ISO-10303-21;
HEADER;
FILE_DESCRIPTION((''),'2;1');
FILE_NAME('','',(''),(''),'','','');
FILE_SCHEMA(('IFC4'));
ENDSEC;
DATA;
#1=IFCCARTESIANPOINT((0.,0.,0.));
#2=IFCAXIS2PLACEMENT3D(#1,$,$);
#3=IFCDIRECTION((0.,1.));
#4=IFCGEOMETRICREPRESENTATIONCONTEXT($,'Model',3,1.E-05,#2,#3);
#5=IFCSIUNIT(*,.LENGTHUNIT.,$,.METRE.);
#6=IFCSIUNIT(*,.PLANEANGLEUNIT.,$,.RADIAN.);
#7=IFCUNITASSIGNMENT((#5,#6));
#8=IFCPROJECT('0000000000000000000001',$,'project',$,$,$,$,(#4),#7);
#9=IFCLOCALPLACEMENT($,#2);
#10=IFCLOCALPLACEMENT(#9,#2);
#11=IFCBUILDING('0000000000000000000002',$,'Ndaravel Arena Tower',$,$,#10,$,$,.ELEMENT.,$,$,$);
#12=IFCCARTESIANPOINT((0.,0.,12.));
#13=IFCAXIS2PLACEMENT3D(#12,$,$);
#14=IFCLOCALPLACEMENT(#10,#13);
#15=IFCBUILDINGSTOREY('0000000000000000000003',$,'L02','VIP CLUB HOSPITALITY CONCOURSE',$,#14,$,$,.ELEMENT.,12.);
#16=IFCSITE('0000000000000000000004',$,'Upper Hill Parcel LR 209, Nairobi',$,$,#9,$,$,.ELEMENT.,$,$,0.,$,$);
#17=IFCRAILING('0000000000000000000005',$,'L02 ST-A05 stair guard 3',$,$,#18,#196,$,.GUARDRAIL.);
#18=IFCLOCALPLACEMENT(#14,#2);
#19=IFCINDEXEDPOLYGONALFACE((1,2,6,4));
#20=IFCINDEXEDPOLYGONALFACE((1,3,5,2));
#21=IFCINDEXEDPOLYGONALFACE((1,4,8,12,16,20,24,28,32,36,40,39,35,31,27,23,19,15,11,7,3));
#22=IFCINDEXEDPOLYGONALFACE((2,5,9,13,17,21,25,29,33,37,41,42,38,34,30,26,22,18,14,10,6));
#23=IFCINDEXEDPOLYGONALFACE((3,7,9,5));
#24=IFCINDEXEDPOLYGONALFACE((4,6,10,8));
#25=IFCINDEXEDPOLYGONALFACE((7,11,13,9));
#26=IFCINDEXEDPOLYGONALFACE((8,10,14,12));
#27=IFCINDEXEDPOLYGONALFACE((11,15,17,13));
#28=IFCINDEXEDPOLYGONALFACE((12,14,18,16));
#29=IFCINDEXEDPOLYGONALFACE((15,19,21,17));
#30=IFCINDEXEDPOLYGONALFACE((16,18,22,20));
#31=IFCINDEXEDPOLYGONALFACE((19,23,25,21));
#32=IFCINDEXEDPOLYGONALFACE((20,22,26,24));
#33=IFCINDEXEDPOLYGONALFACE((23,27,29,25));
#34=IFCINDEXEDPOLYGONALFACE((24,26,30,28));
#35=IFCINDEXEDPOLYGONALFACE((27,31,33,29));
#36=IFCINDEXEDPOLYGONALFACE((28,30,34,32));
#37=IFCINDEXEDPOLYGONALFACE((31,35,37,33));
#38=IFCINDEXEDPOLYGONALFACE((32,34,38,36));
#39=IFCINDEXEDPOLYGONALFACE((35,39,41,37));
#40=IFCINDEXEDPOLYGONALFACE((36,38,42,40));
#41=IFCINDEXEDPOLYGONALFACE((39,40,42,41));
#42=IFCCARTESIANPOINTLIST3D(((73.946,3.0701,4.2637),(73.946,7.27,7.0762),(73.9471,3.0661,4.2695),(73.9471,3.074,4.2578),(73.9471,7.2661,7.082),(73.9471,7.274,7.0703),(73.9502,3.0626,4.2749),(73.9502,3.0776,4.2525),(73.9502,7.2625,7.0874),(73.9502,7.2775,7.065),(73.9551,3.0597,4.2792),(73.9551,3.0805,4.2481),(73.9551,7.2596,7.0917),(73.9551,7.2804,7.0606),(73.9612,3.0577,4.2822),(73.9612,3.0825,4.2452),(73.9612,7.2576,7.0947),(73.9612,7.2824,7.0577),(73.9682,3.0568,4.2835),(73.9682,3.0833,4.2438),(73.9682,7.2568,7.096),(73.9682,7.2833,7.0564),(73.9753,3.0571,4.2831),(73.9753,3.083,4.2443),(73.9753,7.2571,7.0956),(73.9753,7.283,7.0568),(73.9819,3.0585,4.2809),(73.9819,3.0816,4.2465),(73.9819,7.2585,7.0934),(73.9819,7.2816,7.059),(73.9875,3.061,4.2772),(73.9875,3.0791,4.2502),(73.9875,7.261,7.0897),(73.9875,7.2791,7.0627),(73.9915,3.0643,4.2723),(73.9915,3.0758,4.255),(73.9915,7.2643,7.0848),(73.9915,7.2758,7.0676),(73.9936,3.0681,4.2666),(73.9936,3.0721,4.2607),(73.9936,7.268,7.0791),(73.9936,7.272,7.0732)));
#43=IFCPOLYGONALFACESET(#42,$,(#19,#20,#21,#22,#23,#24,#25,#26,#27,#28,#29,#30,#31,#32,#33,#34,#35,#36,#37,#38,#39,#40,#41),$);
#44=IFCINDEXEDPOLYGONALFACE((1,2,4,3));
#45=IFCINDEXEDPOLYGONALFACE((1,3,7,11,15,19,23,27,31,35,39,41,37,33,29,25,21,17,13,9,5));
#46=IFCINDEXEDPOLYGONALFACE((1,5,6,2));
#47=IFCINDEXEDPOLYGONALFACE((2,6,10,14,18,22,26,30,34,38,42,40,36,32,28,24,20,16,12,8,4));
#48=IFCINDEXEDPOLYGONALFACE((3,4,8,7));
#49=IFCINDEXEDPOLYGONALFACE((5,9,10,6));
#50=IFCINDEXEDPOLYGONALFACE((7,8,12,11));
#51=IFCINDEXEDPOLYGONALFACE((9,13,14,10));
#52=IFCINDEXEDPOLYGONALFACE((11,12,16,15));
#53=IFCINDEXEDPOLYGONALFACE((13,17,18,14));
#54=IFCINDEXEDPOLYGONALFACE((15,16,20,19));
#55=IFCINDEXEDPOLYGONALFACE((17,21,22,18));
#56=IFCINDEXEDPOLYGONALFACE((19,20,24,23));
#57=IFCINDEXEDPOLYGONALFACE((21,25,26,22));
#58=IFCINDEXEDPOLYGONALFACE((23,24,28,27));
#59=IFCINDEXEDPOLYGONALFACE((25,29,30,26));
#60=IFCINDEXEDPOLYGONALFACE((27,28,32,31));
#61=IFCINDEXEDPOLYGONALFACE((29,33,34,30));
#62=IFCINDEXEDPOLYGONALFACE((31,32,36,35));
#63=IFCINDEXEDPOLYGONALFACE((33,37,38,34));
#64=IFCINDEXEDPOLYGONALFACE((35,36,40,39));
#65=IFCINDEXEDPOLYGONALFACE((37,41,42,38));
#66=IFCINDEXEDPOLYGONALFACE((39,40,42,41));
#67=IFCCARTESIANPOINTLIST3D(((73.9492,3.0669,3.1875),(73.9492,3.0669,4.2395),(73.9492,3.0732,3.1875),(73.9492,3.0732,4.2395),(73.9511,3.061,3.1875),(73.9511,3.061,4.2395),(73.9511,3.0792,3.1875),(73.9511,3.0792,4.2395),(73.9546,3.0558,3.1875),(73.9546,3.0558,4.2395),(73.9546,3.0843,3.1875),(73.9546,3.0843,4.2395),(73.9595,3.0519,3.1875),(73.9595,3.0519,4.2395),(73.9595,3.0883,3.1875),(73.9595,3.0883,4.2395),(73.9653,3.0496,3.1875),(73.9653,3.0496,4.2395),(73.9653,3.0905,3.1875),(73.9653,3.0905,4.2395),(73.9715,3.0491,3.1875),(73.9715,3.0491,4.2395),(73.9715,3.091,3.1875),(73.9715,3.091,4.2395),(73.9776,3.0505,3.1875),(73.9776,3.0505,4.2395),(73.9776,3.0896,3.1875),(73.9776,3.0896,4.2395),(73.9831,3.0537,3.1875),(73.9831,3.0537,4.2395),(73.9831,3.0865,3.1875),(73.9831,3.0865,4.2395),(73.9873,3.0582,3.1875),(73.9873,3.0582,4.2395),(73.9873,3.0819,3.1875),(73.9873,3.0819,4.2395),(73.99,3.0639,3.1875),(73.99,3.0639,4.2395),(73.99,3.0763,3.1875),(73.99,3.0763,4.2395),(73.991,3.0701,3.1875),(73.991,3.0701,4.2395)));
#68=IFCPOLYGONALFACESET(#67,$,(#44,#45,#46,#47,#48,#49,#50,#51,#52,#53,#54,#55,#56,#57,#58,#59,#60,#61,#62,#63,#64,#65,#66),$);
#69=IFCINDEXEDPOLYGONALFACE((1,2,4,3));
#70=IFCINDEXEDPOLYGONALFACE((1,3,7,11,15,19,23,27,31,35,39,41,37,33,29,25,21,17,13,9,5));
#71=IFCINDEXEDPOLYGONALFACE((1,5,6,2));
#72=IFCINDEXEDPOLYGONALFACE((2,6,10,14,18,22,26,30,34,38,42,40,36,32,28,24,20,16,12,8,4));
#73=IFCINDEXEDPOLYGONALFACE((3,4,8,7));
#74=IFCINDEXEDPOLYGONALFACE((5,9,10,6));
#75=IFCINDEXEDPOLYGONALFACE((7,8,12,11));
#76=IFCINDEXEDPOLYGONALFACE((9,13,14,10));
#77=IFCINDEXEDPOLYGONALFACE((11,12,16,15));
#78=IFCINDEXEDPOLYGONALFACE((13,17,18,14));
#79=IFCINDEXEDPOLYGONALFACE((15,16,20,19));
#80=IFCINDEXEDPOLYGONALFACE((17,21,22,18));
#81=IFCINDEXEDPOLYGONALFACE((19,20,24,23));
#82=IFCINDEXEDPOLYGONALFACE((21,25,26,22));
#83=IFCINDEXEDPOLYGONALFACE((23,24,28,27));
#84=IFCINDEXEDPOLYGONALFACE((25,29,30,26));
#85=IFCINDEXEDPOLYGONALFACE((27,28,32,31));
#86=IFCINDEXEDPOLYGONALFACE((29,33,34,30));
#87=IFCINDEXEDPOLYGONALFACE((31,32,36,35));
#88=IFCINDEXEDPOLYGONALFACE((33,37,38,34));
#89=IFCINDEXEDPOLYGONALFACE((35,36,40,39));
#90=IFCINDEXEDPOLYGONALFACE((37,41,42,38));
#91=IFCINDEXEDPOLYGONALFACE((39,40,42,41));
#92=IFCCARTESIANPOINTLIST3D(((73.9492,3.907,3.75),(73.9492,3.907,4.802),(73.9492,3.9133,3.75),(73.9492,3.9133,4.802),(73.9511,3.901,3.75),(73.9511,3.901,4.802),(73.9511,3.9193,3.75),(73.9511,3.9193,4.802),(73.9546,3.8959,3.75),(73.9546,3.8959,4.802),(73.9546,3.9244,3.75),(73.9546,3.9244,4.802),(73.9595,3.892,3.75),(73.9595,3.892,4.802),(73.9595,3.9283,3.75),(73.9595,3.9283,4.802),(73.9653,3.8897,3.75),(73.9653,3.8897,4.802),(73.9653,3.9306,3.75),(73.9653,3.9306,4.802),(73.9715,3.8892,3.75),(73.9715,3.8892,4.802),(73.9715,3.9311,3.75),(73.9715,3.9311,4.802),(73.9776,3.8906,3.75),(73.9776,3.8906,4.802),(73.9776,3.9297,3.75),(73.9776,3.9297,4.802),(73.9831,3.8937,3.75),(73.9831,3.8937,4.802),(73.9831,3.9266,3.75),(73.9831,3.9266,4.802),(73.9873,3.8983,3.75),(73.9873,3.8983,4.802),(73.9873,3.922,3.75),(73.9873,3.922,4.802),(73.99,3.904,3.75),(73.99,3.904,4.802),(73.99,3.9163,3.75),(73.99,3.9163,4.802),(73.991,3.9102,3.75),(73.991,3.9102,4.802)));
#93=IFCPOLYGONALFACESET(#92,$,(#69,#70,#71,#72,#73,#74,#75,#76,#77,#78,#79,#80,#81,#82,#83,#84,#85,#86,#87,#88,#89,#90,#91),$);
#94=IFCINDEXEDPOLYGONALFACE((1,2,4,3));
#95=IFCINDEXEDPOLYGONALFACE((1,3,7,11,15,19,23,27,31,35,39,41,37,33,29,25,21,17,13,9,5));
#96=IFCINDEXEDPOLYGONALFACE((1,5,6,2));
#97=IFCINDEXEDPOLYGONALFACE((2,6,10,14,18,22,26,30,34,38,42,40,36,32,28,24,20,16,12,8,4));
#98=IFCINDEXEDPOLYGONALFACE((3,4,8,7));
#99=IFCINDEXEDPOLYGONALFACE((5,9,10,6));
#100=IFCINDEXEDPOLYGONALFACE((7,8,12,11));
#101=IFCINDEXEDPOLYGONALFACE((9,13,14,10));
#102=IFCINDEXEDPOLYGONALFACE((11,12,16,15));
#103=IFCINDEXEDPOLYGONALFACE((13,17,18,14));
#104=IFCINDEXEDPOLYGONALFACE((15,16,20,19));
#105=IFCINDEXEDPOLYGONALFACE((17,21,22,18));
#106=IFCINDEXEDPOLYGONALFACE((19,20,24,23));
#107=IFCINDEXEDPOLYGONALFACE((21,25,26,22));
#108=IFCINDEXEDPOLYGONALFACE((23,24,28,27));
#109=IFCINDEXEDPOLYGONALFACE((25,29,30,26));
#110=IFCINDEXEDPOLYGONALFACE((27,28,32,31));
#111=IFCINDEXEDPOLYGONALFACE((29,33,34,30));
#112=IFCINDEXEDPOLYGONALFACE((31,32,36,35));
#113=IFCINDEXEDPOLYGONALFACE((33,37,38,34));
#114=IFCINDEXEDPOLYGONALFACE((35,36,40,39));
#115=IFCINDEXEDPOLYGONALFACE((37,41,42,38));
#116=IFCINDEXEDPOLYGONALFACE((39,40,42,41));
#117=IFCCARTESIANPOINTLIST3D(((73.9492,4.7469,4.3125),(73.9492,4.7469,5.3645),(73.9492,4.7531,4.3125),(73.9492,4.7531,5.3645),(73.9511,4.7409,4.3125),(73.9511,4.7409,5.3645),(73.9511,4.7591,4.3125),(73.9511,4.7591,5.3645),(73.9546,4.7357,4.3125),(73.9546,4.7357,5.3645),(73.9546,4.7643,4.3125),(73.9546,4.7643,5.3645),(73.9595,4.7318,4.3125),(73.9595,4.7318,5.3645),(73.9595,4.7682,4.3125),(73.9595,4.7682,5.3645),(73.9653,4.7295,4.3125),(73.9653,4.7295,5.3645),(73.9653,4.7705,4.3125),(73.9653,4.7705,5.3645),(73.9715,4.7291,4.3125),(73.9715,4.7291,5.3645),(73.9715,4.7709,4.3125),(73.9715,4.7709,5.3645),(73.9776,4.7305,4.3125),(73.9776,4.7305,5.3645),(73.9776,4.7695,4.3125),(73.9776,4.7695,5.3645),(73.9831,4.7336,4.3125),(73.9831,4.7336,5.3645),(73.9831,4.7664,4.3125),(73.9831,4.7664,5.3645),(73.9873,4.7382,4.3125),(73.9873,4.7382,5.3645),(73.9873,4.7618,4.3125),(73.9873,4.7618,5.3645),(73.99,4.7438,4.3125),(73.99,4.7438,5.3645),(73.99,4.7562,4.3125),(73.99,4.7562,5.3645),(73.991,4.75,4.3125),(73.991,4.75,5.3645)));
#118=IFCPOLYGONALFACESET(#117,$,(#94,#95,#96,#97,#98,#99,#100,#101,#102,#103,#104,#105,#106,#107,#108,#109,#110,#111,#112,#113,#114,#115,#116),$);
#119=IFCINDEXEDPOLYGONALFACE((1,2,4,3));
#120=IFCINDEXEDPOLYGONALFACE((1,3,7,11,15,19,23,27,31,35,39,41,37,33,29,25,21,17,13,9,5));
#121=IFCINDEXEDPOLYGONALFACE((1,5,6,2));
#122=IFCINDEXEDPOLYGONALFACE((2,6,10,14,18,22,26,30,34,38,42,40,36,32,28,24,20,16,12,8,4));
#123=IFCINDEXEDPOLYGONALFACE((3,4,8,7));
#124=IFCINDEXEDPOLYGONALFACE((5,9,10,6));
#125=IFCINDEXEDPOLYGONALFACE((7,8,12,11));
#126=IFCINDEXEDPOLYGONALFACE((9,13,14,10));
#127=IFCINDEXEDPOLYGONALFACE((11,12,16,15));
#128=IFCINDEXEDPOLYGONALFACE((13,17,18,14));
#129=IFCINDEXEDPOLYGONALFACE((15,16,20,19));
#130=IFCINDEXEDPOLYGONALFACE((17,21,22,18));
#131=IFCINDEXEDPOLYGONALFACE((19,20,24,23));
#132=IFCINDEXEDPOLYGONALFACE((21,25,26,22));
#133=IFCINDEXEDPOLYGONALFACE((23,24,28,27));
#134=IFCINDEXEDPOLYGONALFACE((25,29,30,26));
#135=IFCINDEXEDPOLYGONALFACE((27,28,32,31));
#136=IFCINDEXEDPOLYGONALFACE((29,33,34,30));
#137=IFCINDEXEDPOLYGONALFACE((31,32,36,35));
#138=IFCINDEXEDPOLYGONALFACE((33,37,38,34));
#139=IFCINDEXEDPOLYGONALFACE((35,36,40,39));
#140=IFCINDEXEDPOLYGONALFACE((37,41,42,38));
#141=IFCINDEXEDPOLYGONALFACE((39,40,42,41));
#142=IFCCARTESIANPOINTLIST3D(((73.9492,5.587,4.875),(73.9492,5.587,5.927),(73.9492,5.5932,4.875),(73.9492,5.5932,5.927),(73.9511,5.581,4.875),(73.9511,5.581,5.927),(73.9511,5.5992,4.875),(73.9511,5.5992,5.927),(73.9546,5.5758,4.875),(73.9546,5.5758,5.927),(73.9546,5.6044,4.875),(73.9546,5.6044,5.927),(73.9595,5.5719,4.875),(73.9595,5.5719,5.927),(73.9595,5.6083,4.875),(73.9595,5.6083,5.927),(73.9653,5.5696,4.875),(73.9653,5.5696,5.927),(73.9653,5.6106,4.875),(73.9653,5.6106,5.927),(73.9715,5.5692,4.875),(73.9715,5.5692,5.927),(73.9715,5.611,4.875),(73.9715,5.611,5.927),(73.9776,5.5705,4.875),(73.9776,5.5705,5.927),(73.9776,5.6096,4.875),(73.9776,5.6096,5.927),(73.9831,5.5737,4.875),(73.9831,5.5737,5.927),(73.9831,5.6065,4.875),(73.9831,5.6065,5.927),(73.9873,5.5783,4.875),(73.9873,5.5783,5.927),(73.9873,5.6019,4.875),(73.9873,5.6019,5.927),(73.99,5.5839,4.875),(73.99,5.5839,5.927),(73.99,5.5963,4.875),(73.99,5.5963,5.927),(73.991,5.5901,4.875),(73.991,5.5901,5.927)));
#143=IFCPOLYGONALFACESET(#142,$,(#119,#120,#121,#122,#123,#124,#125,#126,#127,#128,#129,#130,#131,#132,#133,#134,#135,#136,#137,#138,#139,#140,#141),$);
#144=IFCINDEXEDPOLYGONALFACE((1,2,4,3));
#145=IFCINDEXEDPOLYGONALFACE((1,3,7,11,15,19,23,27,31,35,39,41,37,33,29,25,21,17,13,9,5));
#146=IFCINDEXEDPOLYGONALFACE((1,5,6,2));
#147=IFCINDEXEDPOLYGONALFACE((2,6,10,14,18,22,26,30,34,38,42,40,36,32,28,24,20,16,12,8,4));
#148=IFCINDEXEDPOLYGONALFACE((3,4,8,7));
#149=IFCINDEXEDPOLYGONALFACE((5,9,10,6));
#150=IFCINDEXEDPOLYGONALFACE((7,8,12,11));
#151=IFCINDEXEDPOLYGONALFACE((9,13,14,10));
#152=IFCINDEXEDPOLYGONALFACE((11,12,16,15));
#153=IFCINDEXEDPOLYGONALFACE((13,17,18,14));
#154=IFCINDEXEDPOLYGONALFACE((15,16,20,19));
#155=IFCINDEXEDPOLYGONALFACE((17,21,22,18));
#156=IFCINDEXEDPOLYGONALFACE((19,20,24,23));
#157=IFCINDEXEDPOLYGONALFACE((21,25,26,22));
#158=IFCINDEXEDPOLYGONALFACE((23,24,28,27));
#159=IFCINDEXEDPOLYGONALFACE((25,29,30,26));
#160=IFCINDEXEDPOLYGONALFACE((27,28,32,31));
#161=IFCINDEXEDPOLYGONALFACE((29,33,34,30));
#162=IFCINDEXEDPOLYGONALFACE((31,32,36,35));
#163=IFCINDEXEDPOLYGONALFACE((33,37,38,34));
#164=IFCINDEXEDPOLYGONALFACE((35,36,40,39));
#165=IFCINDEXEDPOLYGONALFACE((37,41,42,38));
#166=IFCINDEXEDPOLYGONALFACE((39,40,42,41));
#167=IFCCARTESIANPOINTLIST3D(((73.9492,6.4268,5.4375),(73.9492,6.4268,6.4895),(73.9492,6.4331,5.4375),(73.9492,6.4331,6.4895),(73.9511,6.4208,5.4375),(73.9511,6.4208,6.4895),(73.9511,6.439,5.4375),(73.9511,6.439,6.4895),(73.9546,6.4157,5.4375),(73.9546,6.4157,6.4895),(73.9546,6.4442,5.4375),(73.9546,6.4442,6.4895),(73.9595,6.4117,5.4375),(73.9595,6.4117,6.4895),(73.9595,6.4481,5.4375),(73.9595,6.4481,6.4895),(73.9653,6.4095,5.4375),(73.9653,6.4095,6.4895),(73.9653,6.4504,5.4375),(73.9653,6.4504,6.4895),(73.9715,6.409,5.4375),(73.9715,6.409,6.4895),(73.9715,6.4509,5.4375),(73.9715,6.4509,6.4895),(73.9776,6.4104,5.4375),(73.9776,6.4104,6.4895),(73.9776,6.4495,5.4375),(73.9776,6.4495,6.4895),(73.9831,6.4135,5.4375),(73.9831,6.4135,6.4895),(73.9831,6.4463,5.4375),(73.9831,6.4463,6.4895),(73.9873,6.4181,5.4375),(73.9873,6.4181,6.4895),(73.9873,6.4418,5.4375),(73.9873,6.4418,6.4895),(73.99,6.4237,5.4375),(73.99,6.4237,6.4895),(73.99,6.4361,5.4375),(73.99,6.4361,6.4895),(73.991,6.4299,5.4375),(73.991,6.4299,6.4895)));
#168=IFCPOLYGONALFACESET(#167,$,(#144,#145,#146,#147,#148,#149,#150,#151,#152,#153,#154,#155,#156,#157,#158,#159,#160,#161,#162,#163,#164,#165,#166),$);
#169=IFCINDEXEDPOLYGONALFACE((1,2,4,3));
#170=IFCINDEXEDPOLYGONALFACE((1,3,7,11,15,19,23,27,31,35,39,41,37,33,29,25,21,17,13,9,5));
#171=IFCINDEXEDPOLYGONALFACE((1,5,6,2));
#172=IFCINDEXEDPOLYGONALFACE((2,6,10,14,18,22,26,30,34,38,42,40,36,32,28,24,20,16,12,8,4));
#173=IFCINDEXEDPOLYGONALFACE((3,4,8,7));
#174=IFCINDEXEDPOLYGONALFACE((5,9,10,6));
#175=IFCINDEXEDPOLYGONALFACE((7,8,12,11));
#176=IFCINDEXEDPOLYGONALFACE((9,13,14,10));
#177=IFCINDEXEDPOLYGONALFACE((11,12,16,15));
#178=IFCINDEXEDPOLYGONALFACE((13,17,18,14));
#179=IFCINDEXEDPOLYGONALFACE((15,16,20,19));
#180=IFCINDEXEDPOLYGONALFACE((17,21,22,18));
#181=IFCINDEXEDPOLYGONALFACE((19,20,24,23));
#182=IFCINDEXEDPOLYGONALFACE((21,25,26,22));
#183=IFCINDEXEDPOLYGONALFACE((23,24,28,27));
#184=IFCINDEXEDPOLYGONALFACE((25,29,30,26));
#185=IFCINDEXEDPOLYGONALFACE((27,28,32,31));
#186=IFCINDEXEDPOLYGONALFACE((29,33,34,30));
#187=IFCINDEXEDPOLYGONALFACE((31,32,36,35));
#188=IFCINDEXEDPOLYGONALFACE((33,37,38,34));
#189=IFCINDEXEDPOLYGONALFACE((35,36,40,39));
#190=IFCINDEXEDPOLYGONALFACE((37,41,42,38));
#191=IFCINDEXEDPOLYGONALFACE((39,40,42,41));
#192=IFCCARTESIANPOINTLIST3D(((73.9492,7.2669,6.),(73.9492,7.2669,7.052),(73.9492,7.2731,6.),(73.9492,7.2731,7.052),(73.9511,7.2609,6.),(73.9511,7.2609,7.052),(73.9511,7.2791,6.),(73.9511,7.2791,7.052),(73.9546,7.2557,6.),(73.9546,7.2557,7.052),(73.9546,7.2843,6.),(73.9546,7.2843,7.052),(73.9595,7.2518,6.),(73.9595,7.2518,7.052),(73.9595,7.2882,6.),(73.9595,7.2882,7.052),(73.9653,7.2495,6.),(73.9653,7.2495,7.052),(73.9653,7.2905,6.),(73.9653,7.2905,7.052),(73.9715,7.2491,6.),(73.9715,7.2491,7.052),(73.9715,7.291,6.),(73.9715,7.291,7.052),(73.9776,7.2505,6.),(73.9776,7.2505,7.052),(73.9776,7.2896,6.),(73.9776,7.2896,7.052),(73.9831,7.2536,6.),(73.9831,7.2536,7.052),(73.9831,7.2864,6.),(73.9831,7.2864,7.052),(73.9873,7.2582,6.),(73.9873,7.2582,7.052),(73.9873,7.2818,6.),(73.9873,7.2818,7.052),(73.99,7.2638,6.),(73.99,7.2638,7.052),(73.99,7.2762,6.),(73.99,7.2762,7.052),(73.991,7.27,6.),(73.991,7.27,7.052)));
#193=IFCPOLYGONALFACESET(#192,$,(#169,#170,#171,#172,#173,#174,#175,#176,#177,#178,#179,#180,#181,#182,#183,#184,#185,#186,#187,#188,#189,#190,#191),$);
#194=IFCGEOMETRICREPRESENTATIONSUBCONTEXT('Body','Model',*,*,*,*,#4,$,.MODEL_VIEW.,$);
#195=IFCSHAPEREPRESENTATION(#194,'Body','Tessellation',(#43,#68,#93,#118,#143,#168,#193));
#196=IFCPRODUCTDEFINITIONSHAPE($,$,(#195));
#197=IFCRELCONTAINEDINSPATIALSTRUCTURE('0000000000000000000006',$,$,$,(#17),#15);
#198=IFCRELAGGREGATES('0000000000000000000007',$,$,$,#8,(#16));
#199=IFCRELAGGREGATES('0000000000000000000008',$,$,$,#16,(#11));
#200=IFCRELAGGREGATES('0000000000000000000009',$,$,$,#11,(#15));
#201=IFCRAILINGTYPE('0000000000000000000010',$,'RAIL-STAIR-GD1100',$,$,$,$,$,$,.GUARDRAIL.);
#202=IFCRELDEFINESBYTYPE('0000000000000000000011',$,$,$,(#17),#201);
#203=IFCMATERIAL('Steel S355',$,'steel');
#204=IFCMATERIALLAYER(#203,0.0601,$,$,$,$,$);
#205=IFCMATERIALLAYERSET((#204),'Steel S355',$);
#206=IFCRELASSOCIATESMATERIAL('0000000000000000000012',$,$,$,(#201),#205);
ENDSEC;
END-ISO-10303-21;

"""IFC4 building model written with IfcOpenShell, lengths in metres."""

from ifc_helpers import new_model, si_unit, direction, frame, origin, origin_2d, place, context, subcontext, project, spatial, circle, extrude, material, layer, layer_set, type_object, element, save


model = new_model("IFC4")

# Units and contexts
model_context = context("Model", 3, precision=1e-05, world=origin(), true_north=direction((0.0, 1.0)))
body_context = subcontext(model_context, "Body", "Model", "MODEL_VIEW")
ifc_project = project(units=[si_unit("LENGTHUNIT", "METRE"), si_unit("PLANEANGLEUNIT", "RADIAN")], contexts=[model_context])

# Site, building, storey
site_placement = place(None, origin())
site = spatial("IfcSite", under=ifc_project, at=site_placement, Name="Upper Hill Parcel LR 209, Nairobi", CompositionType="ELEMENT", RefElevation=0.0)
building_placement = place(site_placement, origin())
building = spatial("IfcBuilding", under=site, at=building_placement, Name="Ndaravel Arena Tower", CompositionType="ELEMENT")
storey_placement = place(building_placement, frame((0.0, 0.0, 12.0)))
storey = spatial("IfcBuildingStorey", under=building, at=storey_placement, Name="L02", Description="VIP CLUB HOSPITALITY CONCOURSE", CompositionType="ELEMENT", Elevation=12.0)

# Railing
ifc_material_1 = material(Name="Steel S355", Category="steel")
ifc_layer_1 = layer(ifc_material_1, 0.0601)
ifc_layer_set_1 = layer_set([ifc_layer_1], Name="Steel S355")
railing_type_1 = type_object("IfcRailingType", Name="RAIL-STAIR-GD1100", PredefinedType="GUARDRAIL", material=ifc_layer_set_1)
railing_1_placement = place(storey_placement, frame((73.97, 3.0701, 3.1875)))
element("IfcRailing", 1, at=railing_1_placement, inside=storey, type_object=railing_type_1, Name="L02 ST-A05 stair guard 3", PredefinedType="GUARDRAIL", context=body_context, shape_type="SweptSolid", body=[
    extrude(circle(Radius=0.0239, at=origin_2d()), frame((0.0, 0.0, 1.0762), z_axis=(0.0, 0.830904, 0.556416), x_axis=(-1.0, 0.0, 0.0)), (0.0, 0.0, 1.0), 5.0547),
    extrude(circle(Radius=0.021, at=origin_2d()), origin(), (0.0, 0.0, 1.0), 1.052),
    extrude(circle(Radius=0.021, at=origin_2d()), frame((0.0, 0.8401, 0.5625)), (0.0, 0.0, 1.0), 1.052),
    extrude(circle(Radius=0.021, at=origin_2d()), frame((0.0, 1.6799, 1.125)), (0.0, 0.0, 1.0), 1.052),
    extrude(circle(Radius=0.021, at=origin_2d()), frame((0.0, 2.52, 1.6875)), (0.0, 0.0, 1.0), 1.052),
    extrude(circle(Radius=0.021, at=origin_2d()), frame((0.0, 3.3599, 2.25)), (0.0, 0.0, 1.0), 1.052),
    extrude(circle(Radius=0.021, at=origin_2d()), frame((0.0, 4.2, 2.8125)), (0.0, 0.0, 1.0), 1.052),
])

save(model, "model.ifc")
